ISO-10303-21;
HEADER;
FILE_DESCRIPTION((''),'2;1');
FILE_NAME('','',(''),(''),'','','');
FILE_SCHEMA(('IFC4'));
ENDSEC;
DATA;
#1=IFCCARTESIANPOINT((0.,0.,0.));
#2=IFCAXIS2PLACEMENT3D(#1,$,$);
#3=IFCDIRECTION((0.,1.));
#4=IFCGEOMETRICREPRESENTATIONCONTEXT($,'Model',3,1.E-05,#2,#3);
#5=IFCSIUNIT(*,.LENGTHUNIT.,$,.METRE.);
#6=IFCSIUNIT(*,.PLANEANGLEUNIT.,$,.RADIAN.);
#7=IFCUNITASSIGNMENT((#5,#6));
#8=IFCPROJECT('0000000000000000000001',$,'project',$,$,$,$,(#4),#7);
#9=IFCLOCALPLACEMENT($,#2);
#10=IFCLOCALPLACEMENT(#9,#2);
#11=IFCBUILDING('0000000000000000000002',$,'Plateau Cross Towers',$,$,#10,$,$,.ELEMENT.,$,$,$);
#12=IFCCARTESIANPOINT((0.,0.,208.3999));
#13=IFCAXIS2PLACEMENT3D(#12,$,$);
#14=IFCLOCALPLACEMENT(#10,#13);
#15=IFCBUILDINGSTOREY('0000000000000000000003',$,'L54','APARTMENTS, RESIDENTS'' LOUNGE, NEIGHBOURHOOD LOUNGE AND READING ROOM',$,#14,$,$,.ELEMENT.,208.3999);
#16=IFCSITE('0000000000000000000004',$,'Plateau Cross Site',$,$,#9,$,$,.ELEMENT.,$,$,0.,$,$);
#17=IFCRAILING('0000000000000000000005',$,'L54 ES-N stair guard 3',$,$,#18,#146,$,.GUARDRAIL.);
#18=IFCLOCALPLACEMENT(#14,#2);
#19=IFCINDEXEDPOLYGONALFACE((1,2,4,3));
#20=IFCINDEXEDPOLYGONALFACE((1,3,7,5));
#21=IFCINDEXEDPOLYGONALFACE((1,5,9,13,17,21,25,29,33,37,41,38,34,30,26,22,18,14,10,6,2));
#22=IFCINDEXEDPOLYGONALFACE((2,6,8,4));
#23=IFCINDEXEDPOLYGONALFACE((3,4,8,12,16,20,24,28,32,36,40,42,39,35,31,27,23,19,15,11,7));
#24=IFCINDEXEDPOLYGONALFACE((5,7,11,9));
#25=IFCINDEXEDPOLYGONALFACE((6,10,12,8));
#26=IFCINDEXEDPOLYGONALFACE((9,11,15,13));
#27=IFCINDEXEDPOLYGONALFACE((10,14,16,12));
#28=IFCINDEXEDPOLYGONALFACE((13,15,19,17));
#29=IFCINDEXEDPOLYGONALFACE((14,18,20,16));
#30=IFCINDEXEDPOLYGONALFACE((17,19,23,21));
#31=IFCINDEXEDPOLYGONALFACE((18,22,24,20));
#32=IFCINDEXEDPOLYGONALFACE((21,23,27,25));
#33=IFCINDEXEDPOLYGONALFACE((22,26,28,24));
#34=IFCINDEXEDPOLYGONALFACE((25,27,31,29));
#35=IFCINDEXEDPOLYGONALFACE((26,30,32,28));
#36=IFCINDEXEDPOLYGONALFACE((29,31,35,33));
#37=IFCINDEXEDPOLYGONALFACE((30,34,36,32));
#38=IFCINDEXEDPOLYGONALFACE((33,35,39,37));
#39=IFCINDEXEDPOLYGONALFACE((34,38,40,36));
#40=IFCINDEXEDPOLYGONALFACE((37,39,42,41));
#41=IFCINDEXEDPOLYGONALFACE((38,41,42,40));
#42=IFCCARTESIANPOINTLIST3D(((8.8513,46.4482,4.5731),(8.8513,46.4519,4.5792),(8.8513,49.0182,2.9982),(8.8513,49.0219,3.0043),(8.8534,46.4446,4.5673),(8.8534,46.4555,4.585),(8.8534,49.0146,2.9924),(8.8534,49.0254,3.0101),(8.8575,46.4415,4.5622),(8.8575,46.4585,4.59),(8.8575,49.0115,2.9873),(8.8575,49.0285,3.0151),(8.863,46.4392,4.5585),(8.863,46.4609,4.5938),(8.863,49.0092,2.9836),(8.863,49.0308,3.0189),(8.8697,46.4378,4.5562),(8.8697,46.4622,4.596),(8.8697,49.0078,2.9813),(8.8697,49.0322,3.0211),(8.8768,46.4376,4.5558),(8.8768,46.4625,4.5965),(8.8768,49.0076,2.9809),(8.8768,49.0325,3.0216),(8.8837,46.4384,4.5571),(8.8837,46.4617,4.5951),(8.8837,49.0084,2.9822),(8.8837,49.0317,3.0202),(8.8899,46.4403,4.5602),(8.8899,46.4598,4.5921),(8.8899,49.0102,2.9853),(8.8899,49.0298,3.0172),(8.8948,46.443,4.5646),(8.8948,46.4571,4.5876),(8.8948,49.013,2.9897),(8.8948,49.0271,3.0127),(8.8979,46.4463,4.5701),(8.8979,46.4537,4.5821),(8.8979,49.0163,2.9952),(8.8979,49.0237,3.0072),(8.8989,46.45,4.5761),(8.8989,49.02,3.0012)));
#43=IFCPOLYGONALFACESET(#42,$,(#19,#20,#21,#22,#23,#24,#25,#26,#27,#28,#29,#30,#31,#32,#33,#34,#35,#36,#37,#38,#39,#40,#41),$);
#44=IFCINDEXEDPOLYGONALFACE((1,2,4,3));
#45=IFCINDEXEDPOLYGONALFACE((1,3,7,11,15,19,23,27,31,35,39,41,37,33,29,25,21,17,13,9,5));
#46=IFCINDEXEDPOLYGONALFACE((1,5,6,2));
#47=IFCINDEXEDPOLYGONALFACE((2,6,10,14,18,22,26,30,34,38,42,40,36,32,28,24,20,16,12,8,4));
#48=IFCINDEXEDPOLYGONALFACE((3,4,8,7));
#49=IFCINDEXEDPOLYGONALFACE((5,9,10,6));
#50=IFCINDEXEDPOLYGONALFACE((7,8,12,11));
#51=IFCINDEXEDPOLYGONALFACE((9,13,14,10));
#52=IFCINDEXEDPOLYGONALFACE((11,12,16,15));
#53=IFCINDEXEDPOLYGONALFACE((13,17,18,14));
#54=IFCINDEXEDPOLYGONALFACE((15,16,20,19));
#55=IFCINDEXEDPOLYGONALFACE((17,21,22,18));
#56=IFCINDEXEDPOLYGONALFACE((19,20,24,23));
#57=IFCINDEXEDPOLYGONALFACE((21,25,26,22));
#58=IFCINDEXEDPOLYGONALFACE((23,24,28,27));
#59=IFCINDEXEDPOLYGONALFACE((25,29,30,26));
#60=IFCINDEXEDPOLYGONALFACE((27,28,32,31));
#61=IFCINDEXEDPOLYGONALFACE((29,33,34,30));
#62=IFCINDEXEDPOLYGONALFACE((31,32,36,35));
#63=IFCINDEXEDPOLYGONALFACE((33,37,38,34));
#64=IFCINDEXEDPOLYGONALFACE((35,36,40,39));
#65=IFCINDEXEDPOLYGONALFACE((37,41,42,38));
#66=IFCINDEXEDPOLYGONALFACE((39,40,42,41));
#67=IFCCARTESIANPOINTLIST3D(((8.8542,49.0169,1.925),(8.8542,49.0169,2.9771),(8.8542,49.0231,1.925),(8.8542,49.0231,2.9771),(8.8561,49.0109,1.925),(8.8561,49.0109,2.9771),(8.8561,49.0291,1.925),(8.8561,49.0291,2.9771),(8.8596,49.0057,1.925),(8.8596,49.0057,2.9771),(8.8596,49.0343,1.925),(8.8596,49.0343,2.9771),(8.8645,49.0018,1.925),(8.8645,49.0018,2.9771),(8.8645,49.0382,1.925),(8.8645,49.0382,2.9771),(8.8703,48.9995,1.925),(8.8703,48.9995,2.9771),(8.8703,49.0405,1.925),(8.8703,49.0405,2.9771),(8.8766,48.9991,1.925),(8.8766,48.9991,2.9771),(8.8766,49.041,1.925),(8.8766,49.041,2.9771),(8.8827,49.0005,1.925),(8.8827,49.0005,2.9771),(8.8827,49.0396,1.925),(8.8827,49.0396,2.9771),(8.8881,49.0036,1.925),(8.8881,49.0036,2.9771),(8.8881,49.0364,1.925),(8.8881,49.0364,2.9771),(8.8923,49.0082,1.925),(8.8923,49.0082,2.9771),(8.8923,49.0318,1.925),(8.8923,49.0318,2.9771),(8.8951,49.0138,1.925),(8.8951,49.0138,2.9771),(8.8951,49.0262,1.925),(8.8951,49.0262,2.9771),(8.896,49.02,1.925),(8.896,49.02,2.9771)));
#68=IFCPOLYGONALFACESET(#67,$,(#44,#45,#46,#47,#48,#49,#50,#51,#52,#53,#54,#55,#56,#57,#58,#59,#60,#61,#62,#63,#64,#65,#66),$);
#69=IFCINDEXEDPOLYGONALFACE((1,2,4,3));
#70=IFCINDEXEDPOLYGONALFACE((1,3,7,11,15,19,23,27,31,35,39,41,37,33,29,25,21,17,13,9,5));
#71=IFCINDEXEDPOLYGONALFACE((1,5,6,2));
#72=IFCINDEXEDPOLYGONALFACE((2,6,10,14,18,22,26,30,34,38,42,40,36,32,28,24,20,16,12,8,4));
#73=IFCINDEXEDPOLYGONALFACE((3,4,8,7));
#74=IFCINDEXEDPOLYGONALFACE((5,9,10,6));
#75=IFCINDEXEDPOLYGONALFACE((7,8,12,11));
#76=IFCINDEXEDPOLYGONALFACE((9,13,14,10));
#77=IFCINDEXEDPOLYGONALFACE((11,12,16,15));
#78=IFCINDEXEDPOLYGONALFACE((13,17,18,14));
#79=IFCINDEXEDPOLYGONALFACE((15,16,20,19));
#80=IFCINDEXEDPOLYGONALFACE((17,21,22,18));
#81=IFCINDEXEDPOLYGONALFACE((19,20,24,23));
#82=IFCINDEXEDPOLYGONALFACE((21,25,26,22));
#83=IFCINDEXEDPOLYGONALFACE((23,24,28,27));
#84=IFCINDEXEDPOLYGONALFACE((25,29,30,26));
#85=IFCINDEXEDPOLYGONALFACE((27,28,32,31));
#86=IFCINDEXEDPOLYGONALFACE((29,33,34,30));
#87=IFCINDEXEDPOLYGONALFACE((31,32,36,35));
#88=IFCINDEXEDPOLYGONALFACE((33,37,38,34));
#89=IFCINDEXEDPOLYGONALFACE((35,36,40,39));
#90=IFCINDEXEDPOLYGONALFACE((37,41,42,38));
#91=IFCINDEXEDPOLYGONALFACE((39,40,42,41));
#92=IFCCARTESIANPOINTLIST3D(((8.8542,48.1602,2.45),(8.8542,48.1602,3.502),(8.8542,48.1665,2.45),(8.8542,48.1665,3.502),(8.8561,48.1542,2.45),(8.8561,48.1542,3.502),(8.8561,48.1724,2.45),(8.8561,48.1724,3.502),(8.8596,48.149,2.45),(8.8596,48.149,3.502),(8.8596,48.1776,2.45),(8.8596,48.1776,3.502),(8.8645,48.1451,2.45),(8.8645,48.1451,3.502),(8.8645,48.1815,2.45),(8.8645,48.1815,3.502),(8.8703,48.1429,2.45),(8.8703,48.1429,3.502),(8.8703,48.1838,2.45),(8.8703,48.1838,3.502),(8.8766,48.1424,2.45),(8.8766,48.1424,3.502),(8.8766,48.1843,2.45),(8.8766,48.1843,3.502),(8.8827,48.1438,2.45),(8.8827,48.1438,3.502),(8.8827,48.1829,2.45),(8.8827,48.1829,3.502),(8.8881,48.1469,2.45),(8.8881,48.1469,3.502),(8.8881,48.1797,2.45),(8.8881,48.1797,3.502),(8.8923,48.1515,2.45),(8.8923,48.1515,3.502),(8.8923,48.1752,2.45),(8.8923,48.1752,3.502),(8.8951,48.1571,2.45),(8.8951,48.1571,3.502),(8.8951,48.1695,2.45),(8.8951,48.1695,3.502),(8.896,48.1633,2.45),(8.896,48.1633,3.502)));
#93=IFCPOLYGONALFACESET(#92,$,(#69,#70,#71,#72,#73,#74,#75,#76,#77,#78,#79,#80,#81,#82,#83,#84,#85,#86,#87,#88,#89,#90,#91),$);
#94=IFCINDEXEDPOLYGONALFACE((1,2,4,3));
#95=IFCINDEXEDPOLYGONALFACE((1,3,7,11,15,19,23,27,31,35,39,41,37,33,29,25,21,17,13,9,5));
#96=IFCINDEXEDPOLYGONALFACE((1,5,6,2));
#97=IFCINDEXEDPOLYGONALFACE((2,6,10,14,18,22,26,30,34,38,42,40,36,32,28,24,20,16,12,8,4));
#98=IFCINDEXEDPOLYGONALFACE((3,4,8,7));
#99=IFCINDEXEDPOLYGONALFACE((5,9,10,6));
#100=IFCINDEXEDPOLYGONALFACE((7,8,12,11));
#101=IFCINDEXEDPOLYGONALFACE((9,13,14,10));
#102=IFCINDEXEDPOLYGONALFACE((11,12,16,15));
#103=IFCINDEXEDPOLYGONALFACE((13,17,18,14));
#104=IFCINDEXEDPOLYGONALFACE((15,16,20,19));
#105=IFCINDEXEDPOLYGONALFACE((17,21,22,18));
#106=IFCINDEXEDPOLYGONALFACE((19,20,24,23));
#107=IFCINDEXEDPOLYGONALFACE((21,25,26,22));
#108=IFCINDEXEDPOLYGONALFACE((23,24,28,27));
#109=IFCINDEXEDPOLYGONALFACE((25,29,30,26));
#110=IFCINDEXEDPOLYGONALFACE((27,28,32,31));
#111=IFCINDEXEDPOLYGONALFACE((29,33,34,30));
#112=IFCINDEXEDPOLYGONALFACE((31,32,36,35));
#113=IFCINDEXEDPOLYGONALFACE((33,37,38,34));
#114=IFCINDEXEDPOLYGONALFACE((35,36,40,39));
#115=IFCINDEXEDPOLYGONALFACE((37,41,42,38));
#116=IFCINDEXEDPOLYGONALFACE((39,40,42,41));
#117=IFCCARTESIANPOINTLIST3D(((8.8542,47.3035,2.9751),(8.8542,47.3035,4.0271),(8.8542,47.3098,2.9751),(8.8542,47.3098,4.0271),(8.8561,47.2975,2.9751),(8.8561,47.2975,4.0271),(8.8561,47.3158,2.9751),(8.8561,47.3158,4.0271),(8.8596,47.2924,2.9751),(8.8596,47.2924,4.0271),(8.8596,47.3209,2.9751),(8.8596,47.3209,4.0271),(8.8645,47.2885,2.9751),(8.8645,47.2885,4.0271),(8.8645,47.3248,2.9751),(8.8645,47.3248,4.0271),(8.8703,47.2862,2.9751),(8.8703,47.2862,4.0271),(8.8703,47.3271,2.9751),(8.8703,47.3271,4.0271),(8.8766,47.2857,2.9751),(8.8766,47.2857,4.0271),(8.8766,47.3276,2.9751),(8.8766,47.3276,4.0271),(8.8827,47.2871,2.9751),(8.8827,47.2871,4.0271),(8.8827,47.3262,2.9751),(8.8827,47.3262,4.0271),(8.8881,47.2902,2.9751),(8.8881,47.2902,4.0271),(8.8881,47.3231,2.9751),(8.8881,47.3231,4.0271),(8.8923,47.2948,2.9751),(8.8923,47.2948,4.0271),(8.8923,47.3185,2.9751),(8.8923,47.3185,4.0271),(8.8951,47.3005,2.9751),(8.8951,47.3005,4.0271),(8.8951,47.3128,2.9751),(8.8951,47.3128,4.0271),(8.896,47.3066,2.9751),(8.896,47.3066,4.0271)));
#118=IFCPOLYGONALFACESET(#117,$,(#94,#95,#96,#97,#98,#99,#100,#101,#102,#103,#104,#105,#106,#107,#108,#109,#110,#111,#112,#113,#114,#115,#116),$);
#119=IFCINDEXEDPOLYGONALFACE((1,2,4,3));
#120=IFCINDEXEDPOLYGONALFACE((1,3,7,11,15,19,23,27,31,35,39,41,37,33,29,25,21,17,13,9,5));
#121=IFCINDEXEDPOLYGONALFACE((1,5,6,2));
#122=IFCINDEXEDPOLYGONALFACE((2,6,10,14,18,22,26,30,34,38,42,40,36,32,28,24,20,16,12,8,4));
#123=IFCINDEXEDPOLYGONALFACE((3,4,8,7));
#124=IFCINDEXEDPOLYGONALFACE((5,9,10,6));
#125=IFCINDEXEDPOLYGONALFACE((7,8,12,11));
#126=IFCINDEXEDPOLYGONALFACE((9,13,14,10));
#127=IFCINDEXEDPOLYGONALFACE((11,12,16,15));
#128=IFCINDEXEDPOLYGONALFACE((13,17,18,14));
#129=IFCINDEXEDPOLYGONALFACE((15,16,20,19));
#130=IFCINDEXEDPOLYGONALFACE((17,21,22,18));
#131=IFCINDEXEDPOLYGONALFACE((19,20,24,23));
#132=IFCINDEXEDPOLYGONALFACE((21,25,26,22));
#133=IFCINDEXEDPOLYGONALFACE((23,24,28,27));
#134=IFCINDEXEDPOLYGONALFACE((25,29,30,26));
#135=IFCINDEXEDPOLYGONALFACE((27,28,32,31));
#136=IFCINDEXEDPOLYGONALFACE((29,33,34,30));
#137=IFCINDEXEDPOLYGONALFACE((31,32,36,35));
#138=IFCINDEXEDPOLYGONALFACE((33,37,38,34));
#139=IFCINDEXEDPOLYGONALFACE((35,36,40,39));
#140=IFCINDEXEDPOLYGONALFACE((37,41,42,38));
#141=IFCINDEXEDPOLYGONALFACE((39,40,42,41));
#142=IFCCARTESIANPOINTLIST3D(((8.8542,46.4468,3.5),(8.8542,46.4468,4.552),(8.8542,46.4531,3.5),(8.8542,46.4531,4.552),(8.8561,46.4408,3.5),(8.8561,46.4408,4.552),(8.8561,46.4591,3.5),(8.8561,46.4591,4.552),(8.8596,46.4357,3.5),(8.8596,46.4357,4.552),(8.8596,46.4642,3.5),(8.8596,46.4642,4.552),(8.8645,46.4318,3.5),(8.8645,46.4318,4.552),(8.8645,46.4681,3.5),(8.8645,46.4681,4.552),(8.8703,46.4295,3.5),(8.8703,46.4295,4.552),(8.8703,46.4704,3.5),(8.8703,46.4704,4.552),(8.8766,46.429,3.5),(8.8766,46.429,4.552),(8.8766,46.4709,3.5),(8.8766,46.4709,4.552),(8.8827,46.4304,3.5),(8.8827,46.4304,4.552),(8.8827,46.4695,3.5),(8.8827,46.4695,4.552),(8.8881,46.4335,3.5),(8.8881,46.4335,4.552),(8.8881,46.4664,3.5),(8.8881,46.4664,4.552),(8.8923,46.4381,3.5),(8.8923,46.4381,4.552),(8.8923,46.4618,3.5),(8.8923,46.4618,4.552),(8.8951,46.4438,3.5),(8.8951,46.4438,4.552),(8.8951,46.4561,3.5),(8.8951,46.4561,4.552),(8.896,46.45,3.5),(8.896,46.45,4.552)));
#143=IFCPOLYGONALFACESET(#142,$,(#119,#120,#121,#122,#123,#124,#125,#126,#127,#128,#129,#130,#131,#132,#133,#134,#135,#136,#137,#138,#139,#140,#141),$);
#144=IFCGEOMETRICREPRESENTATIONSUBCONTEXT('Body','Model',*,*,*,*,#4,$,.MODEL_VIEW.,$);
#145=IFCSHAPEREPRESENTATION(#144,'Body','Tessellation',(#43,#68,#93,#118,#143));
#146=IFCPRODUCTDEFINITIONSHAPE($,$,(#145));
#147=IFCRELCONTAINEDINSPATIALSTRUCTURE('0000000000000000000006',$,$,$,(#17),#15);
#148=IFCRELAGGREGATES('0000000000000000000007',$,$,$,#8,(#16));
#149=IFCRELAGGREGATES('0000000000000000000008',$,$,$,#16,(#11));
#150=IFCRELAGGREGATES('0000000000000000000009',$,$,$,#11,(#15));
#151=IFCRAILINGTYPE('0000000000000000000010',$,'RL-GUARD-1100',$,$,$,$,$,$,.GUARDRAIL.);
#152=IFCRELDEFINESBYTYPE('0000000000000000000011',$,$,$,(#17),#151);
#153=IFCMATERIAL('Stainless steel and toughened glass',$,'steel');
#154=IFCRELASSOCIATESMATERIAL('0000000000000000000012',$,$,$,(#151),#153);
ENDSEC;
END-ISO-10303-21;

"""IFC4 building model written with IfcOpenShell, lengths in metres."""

from ifc_helpers import new_model, si_unit, direction, frame, origin, origin_2d, place, context, subcontext, project, spatial, circle, extrude, material, type_object, element, save


model = new_model("IFC4")

# Units and contexts
model_context = context("Model", 3, precision=1e-05, world=origin(), true_north=direction((0.0, 1.0)))
body_context = subcontext(model_context, "Body", "Model", "MODEL_VIEW")
ifc_project = project(units=[si_unit("LENGTHUNIT", "METRE"), si_unit("PLANEANGLEUNIT", "RADIAN")], contexts=[model_context])

# Site, building, storey
site_placement = place(None, origin())
site = spatial("IfcSite", under=ifc_project, at=site_placement, Name="Plateau Cross Site", CompositionType="ELEMENT", RefElevation=0.0)
building_placement = place(site_placement, origin())
building = spatial("IfcBuilding", under=site, at=building_placement, Name="Plateau Cross Towers", CompositionType="ELEMENT")
storey_placement = place(building_placement, frame((0.0, 0.0, 208.3999)))
storey = spatial("IfcBuildingStorey", under=building, at=storey_placement, Name="L54", Description="APARTMENTS, RESIDENTS' LOUNGE, NEIGHBOURHOOD LOUNGE AND READING ROOM", CompositionType="ELEMENT", Elevation=208.3999)

# Railing
ifc_material_1 = material(Name="Stainless steel and toughened glass", Category="steel")
railing_type_1 = type_object("IfcRailingType", Name="RL-GUARD-1100", PredefinedType="GUARDRAIL", material=ifc_material_1)
railing_1_placement = place(storey_placement, frame((8.875, 49.02, 1.925)))
element("IfcRailing", 1, at=railing_1_placement, inside=storey, type_object=railing_type_1, Name="L54 ES-N stair guard 3", PredefinedType="GUARDRAIL", context=body_context, shape_type="SweptSolid", body=[
    extrude(circle(Radius=0.0239, at=origin_2d()), frame((0.0, 0.0, 1.0762), z_axis=(0.0, -0.852639, 0.522501), x_axis=(1.0, 0.0, 0.0)), (0.0, 0.0, 1.0), 3.0142),
    extrude(circle(Radius=0.021, at=origin_2d()), origin(), (0.0, 0.0, 1.0), 1.052),
    extrude(circle(Radius=0.021, at=origin_2d()), frame((0.0, -0.8567, 0.5249)), (0.0, 0.0, 1.0), 1.052),
    extrude(circle(Radius=0.021, at=origin_2d()), frame((0.0, -1.7134, 1.05)), (0.0, 0.0, 1.0), 1.052),
    extrude(circle(Radius=0.021, at=origin_2d()), frame((0.0, -2.5701, 1.575)), (0.0, 0.0, 1.0), 1.052),
])

save(model, "model.ifc")
